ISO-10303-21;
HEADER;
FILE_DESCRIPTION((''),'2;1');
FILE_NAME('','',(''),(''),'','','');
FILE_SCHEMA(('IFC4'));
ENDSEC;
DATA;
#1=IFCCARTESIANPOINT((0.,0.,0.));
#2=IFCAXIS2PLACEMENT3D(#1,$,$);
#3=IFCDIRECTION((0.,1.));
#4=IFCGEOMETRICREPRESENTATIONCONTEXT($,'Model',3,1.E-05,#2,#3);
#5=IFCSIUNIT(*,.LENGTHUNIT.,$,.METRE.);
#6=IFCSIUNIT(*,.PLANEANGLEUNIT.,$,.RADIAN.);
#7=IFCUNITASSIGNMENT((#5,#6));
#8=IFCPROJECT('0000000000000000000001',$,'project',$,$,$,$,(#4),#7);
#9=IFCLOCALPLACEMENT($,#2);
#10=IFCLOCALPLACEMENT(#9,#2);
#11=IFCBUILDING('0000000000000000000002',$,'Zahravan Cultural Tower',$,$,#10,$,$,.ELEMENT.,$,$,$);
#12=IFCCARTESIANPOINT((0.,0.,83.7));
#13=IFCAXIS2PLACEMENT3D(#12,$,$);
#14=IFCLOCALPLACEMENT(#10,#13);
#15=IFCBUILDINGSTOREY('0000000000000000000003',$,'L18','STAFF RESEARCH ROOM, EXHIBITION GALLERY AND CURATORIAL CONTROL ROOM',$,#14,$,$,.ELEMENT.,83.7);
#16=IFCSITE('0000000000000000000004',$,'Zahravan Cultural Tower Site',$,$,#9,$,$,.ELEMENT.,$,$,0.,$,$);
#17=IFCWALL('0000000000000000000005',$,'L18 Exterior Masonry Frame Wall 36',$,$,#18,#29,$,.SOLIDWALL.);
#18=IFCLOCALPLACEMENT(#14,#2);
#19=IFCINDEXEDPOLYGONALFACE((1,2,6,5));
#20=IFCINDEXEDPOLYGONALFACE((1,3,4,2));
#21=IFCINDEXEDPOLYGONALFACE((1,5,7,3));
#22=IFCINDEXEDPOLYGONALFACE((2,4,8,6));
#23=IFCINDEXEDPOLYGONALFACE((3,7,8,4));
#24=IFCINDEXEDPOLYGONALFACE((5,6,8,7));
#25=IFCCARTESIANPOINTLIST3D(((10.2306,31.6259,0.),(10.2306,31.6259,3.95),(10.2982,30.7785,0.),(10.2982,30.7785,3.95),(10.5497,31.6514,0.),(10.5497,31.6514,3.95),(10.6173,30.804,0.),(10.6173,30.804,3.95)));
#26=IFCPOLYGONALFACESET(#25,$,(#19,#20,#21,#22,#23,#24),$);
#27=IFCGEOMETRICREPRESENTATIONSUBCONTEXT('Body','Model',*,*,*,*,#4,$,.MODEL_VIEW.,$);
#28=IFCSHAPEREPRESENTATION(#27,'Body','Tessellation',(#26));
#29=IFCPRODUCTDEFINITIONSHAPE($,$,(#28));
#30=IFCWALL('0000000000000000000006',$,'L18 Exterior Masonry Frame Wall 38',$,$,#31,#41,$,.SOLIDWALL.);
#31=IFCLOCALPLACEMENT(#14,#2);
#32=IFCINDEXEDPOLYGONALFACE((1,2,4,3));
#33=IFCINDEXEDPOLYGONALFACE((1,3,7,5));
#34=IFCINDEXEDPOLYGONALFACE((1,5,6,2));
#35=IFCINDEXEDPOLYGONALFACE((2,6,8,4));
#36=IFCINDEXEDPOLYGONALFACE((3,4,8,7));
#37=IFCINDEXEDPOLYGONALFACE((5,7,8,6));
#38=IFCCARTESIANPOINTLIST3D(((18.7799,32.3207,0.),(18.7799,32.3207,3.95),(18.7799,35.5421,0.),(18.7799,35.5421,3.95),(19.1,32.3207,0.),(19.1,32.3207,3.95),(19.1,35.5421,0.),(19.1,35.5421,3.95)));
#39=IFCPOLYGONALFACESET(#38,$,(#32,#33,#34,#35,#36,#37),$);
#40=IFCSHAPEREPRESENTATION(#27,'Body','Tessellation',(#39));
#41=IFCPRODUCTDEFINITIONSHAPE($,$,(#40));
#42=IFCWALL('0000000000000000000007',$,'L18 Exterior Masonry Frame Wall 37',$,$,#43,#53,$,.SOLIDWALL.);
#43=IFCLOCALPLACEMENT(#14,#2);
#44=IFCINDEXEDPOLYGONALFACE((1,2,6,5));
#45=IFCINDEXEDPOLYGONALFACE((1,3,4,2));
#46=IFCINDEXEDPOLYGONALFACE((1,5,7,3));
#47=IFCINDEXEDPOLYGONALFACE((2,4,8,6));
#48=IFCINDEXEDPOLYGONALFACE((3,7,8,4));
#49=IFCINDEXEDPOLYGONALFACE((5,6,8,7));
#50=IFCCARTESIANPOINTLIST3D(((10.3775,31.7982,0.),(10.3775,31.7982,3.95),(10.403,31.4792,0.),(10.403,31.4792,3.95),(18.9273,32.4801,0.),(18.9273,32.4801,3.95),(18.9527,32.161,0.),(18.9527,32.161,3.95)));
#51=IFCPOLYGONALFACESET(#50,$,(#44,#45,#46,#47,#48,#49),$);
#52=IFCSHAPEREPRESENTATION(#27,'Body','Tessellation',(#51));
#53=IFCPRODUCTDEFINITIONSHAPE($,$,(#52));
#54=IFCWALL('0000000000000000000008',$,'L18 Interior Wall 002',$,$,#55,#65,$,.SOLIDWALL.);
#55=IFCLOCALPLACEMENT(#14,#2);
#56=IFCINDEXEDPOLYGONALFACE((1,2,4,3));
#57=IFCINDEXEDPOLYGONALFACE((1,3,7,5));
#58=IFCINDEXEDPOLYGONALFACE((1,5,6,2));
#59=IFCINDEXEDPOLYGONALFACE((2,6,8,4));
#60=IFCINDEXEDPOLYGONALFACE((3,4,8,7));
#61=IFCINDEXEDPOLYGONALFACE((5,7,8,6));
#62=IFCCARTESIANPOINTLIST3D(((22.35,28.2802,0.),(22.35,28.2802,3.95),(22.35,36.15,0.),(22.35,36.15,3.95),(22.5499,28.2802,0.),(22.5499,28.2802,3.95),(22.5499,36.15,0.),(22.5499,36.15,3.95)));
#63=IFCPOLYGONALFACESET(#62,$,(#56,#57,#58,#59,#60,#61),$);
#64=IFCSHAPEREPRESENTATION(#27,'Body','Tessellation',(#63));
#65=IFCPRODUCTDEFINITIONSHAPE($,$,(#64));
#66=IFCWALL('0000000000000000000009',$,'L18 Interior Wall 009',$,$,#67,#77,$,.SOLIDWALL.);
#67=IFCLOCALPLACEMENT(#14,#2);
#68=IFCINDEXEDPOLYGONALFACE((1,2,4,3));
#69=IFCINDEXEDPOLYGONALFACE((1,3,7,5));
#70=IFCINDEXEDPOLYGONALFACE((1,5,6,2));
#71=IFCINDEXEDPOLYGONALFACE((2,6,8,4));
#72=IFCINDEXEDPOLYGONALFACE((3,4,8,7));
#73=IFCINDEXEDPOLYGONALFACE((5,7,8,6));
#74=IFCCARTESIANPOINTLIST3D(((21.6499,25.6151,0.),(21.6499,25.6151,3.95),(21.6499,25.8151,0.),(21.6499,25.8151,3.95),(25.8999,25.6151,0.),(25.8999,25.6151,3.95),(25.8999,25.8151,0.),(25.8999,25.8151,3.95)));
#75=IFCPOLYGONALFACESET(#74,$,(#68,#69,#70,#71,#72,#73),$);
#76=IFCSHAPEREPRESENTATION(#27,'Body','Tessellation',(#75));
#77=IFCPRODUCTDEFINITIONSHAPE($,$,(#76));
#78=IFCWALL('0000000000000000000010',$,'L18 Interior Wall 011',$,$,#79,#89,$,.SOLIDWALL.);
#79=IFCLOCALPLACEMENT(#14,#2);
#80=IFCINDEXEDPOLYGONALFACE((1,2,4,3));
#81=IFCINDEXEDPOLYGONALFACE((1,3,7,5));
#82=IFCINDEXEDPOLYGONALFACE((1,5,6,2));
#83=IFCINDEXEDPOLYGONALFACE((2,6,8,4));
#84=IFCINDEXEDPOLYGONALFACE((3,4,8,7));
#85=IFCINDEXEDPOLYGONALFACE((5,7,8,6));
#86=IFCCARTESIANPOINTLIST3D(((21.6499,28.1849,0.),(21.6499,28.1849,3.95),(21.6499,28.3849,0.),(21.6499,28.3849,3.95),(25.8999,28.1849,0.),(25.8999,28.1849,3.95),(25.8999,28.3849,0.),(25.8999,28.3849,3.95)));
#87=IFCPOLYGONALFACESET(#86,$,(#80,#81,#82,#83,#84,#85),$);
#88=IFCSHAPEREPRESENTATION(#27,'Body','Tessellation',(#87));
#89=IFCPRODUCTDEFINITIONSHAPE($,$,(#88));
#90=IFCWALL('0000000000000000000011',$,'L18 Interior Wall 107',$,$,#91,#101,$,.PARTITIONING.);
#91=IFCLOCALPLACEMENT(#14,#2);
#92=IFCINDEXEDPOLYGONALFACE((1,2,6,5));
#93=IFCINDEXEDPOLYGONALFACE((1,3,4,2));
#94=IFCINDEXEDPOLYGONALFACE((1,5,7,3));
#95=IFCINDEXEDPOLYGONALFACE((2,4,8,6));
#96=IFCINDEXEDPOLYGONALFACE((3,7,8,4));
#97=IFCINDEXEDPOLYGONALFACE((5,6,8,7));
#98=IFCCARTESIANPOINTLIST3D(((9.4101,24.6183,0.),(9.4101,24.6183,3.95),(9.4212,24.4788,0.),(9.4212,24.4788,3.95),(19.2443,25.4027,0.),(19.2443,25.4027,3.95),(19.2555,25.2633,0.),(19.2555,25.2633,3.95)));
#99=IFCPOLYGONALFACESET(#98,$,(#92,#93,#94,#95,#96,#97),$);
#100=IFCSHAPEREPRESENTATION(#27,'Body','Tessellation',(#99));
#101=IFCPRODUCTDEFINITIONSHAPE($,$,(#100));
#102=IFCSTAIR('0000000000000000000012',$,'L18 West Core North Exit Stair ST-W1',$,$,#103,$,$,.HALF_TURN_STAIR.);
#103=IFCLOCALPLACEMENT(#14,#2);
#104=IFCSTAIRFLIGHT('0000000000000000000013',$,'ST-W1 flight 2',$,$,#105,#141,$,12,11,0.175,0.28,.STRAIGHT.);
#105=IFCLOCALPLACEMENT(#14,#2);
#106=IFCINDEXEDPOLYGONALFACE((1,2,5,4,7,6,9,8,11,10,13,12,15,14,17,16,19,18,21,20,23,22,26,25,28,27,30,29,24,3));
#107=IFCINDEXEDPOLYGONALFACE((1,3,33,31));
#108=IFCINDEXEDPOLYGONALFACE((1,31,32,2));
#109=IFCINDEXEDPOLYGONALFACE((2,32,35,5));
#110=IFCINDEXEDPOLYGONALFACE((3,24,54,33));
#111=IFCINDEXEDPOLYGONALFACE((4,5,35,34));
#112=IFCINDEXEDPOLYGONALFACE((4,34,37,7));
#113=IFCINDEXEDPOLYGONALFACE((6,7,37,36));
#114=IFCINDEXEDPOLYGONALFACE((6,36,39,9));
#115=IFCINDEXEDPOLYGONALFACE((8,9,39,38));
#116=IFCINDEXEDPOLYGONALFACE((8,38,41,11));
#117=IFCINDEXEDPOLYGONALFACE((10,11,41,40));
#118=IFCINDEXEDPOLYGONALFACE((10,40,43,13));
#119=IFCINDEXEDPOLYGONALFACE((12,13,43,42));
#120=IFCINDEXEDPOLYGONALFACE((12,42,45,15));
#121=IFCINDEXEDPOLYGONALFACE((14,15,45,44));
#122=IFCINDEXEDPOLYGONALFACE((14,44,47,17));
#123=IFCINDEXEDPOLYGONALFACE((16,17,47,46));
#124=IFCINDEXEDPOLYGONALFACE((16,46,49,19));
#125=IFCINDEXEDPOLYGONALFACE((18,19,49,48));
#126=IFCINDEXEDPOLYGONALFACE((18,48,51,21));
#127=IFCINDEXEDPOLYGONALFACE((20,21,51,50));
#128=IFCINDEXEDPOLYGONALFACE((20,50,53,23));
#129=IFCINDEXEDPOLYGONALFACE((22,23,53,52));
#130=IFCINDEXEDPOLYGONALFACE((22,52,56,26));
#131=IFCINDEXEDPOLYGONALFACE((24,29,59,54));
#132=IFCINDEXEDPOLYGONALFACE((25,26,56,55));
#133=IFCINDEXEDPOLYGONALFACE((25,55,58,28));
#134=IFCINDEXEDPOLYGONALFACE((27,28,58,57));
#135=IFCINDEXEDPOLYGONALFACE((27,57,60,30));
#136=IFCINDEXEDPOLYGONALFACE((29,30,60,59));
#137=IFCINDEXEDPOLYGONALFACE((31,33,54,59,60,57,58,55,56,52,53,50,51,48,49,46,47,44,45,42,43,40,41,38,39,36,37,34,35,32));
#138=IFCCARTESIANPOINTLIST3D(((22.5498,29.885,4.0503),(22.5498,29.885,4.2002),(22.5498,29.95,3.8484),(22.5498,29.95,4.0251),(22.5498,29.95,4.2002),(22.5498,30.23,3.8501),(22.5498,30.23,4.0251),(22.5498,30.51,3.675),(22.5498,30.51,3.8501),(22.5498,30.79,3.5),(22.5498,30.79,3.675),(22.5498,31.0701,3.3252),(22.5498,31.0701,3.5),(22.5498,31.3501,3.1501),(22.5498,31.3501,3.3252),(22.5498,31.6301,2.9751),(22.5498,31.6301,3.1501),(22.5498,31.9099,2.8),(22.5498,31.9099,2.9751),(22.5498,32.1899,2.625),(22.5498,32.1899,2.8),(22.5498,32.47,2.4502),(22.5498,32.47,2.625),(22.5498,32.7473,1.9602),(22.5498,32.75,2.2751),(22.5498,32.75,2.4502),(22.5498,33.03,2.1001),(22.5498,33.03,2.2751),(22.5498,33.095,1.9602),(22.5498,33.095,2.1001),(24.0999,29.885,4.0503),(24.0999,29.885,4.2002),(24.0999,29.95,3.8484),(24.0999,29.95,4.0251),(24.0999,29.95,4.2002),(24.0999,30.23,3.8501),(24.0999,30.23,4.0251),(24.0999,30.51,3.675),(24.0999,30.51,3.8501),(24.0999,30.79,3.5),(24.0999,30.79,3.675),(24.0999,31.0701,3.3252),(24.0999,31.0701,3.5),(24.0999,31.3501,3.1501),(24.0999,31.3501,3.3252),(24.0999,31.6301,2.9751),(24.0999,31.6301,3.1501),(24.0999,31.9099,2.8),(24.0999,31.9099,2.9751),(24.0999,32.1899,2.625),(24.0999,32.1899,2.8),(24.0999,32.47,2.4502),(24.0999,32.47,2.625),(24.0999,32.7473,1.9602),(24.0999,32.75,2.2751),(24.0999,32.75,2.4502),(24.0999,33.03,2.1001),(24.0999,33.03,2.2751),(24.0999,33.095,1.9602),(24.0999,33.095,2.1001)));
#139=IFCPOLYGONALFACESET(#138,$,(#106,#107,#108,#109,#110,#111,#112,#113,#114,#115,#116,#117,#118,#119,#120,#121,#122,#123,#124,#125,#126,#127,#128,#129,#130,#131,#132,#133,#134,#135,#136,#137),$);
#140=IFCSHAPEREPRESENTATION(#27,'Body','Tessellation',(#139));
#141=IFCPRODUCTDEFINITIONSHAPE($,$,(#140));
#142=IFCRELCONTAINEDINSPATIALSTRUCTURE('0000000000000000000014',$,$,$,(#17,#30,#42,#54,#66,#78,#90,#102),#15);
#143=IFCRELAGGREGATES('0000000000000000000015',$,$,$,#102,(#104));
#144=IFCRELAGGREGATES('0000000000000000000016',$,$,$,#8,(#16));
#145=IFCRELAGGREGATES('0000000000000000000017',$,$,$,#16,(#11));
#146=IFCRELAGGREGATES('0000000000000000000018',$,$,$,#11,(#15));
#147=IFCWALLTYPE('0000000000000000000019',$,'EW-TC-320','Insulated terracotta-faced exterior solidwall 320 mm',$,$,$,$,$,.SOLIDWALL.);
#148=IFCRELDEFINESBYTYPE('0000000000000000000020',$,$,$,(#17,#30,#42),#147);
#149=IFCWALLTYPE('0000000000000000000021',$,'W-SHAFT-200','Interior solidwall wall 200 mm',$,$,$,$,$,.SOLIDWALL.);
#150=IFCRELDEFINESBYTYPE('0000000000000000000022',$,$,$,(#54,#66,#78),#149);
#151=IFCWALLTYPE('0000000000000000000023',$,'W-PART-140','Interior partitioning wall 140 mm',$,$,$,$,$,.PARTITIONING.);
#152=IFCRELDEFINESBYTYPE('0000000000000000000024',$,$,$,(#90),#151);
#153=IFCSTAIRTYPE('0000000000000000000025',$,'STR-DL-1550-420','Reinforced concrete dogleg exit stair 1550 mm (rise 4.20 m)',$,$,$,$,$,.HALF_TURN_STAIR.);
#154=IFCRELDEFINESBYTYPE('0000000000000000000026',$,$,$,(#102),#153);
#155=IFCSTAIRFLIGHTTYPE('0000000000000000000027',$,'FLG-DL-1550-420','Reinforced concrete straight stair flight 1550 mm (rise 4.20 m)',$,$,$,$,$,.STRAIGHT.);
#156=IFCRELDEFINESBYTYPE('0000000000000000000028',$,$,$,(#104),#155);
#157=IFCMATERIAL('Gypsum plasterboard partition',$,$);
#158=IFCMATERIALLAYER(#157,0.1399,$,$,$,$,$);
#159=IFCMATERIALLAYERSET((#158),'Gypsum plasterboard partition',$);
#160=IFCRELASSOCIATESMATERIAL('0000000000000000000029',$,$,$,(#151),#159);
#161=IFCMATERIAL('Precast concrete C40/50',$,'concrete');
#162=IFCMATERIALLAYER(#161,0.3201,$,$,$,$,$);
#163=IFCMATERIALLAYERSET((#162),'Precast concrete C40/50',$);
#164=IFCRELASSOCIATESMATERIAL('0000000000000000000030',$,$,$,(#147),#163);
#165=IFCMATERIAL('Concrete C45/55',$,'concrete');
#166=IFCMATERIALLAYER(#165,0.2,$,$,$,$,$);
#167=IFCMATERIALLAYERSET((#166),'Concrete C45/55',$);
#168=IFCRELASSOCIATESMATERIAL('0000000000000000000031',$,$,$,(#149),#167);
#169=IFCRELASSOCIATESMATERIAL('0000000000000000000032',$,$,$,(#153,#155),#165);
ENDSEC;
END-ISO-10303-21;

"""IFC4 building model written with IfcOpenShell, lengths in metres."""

from ifc_helpers import new_model, si_unit, direction, frame, frame_2d, origin, place, context, subcontext, project, spatial, polyline, rectangle, outline, extrude, source, transform, mapped, material, layer, layer_set, type_object, element, aggregate, save


model = new_model("IFC4")

# Units and contexts
model_context = context("Model", 3, precision=1e-05, world=origin(), true_north=direction((0.0, 1.0)))
body_context = subcontext(model_context, "Body", "Model", "MODEL_VIEW")
ifc_project = project(units=[si_unit("LENGTHUNIT", "METRE"), si_unit("PLANEANGLEUNIT", "RADIAN")], contexts=[model_context])

# Site, building, storey
site_placement = place(None, origin())
site = spatial("IfcSite", under=ifc_project, at=site_placement, Name="Zahravan Cultural Tower Site", CompositionType="ELEMENT", RefElevation=0.0)
building_placement = place(site_placement, origin())
building = spatial("IfcBuilding", under=site, at=building_placement, Name="Zahravan Cultural Tower", CompositionType="ELEMENT")
storey_placement = place(building_placement, frame((0.0, 0.0, 83.7)))
storey = spatial("IfcBuildingStorey", under=building, at=storey_placement, Name="L18", Description="STAFF RESEARCH ROOM, EXHIBITION GALLERY AND CURATORIAL CONTROL ROOM", CompositionType="ELEMENT", Elevation=83.7)

# Shared definitions
ifc_material_1 = material(Name="Gypsum plasterboard partition")
ifc_layer_1 = layer(ifc_material_1, 0.1399)
ifc_layer_set_1 = layer_set([ifc_layer_1], Name="Gypsum plasterboard partition")
wall_type_1 = type_object("IfcWallType", Name="W-PART-140", Description="Interior partitioning wall 140 mm", PredefinedType="PARTITIONING", material=ifc_layer_set_1)

# Walls
ifc_material_2 = material(Name="Precast concrete C40/50", Category="concrete")
ifc_layer_2 = layer(ifc_material_2, 0.3201)
ifc_layer_set_2 = layer_set([ifc_layer_2], Name="Precast concrete C40/50")
wall_type_2 = type_object("IfcWallType", Name="EW-TC-320", Description="Insulated terracotta-faced exterior solidwall 320 mm", PredefinedType="SOLIDWALL", material=ifc_layer_set_2)
shared_shape_1 = source(origin(), body_context, "Body", "SweptSolid", [
    extrude(rectangle(XDim=0.8501, YDim=0.3201, at=frame_2d((0.425, 0.0))), origin(), (0.0, 0.0, 1.0), 3.95),
])
for number, where, z_axis, x_axis, name in (
    (1, (10.4578, 30.7913, 0.0), (0.0, 0.0, 1.0), (-0.079551, 0.996831, 0.0), "L18 Exterior Masonry Frame Wall 36"),
):
    element("IfcWall", number, at=place(storey_placement, frame(where, z_axis=z_axis, x_axis=x_axis)), inside=storey, type_object=wall_type_2, Name=name, PredefinedType="SOLIDWALL", context=body_context, shape_type="MappedRepresentation", body=[
        mapped(shared_shape_1, transform((0.0, 0.0, 0.0), x_axis=(1.0, 0.0, 0.0), y_axis=(0.0, 1.0, 0.0), z_axis=(0.0, 0.0, 1.0), scale=1.0)),
    ])
shared_shape_2 = source(origin(), body_context, "Body", "SweptSolid", [
    extrude(rectangle(XDim=3.2214, YDim=0.3201, at=frame_2d((1.6108, 0.0))), origin(), (0.0, 0.0, 1.0), 3.95),
])
wall_1_placement = place(storey_placement, frame((18.9399, 32.3206, 0.0), z_axis=(0.0, 0.0, 1.0), x_axis=(0.0, 1.0, 0.0)))
element("IfcWall", 2, at=wall_1_placement, inside=storey, type_object=wall_type_2, Name="L18 Exterior Masonry Frame Wall 38", PredefinedType="SOLIDWALL", context=body_context, shape_type="MappedRepresentation", body=[
    mapped(shared_shape_2, transform((0.0, 0.0, 0.0), x_axis=(1.0, 0.0, 0.0), y_axis=(0.0, 1.0, 0.0), z_axis=(0.0, 0.0, 1.0), scale=1.0)),
])
shared_shape_3 = source(origin(), body_context, "Body", "SweptSolid", [
    extrude(rectangle(XDim=8.5769, YDim=0.3201, at=frame_2d((4.2886, 0.0))), origin(), (0.0, 0.0, 1.0), 3.95),
])
wall_2_placement = place(storey_placement, frame((10.3901, 31.6387, 0.0), z_axis=(0.0, 0.0, 1.0), x_axis=(0.996835, 0.079502, 0.0)))
element("IfcWall", 3, at=wall_2_placement, inside=storey, type_object=wall_type_2, Name="L18 Exterior Masonry Frame Wall 37", PredefinedType="SOLIDWALL", context=body_context, shape_type="MappedRepresentation", body=[
    mapped(shared_shape_3, transform((0.0, 0.0, 0.0), x_axis=(1.0, 0.0, 0.0), y_axis=(0.0, 1.0, 0.0), z_axis=(0.0, 0.0, 1.0), scale=1.0)),
])
ifc_material_3 = material(Name="Concrete C45/55", Category="concrete")
ifc_layer_3 = layer(ifc_material_3, 0.2)
ifc_layer_set_3 = layer_set([ifc_layer_3], Name="Concrete C45/55")
wall_type_3 = type_object("IfcWallType", Name="W-SHAFT-200", Description="Interior solidwall wall 200 mm", PredefinedType="SOLIDWALL", material=ifc_layer_set_3)
shared_shape_4 = source(origin(), body_context, "Body", "SweptSolid", [
    extrude(rectangle(XDim=7.8699, YDim=0.2, at=frame_2d((3.9351, 0.0))), origin(), (0.0, 0.0, 1.0), 3.95),
])
wall_3_placement = place(storey_placement, frame((22.45, 28.28, 0.0), z_axis=(0.0, 0.0, 1.0), x_axis=(0.0, 1.0, 0.0)))
element("IfcWall", 4, at=wall_3_placement, inside=storey, type_object=wall_type_3, Name="L18 Interior Wall 002", PredefinedType="SOLIDWALL", context=body_context, shape_type="MappedRepresentation", body=[
    mapped(shared_shape_4, transform((0.0, 0.0, 0.0), x_axis=(1.0, 0.0, 0.0), y_axis=(0.0, 1.0, 0.0), z_axis=(0.0, 0.0, 1.0), scale=1.0)),
])
shared_shape_5 = source(origin(), body_context, "Body", "SweptSolid", [
    extrude(rectangle(XDim=4.25, YDim=0.2, at=frame_2d((2.125, 0.0))), origin(), (0.0, 0.0, 1.0), 3.95),
])
for number, where, z_axis, x_axis, name in (
    (5, (21.6499, 25.7151, 0.0), (0.0, 0.0, 1.0), (1.0, 0.0, 0.0), "L18 Interior Wall 009"),
    (6, (21.6499, 28.2849, 0.0), (0.0, 0.0, 1.0), (1.0, 0.0, 0.0), "L18 Interior Wall 011"),
):
    element("IfcWall", number, at=place(storey_placement, frame(where, z_axis=z_axis, x_axis=x_axis)), inside=storey, type_object=wall_type_3, Name=name, PredefinedType="SOLIDWALL", context=body_context, shape_type="MappedRepresentation", body=[
        mapped(shared_shape_5, transform((0.0, 0.0, 0.0), x_axis=(1.0, 0.0, 0.0), y_axis=(0.0, 1.0, 0.0), z_axis=(0.0, 0.0, 1.0), scale=1.0)),
    ])
shared_shape_6 = source(origin(), body_context, "Body", "SweptSolid", [
    extrude(rectangle(XDim=9.8655, YDim=0.1399, at=frame_2d((4.9326, 0.0))), origin(), (0.0, 0.0, 1.0), 3.95),
])
wall_4_placement = place(storey_placement, frame((9.4158, 24.5486, 0.0), z_axis=(0.0, 0.0, 1.0), x_axis=(0.996834, 0.079512, 0.0)))
element("IfcWall", 7, at=wall_4_placement, inside=storey, type_object=wall_type_1, Name="L18 Interior Wall 107", PredefinedType="PARTITIONING", context=body_context, shape_type="MappedRepresentation", body=[
    mapped(shared_shape_6, transform((0.0, 0.0, 0.0), x_axis=(1.0, 0.0, 0.0), y_axis=(0.0, 1.0, 0.0), z_axis=(0.0, 0.0, 1.0), scale=1.0)),
])

# Stair, stair flight
stair_type = type_object("IfcStairType", Name="STR-DL-1550-420", Description="Reinforced concrete dogleg exit stair 1550 mm (rise 4.20 m)", PredefinedType="HALF_TURN_STAIR", material=ifc_material_3)
stair_placement = place(storey_placement, origin())
stair = element("IfcStair", 8, at=stair_placement, inside=storey, type_object=stair_type, Name="L18 West Core North Exit Stair ST-W1", PredefinedType="HALF_TURN_STAIR")
stair_flight_type = type_object("IfcStairFlightType", Name="FLG-DL-1550-420", Description="Reinforced concrete straight stair flight 1550 mm (rise 4.20 m)", PredefinedType="STRAIGHT", material=ifc_material_3)
stair_flight_placement = place(storey_placement, frame((23.325, 33.03, 2.1001), z_axis=(0.0, 0.0, 1.0), x_axis=(0.0, -1.0, 0.0)))
stair_flight = element("IfcStairFlight", 9, at=stair_flight_placement, type_object=stair_flight_type, Name="ST-W1 flight 2", NumberOfRisers=12, NumberOfTreads=11, PredefinedType="STRAIGHT", RiserHeight=0.175, TreadLength=0.28, context=body_context, shape_type="SweptSolid", body=[
    extrude(outline(polyline([(-0.0649, -0.1399), (-0.0649, 0.0), (0.0, 0.0), (0.0, 0.175), (0.28, 0.175), (0.28, 0.3501), (0.5601, 0.3501), (0.5601, 0.5249), (0.8401, 0.5249), (0.8401, 0.7), (1.1201, 0.7), (1.1201, 0.875), (1.3999, 0.875), (1.3999, 1.05), (1.6799, 1.05), (1.6799, 1.2251), (1.96, 1.2251), (1.96, 1.3999), (2.24, 1.3999), (2.24, 1.575), (2.52, 1.575), (2.52, 1.75), (2.8, 1.75), (2.8, 1.925), (3.0801, 1.925), (3.0801, 2.1001), (3.145, 2.1001), (3.145, 1.9502), (3.0801, 1.7483), (0.2827, -0.1399), (-0.0649, -0.1399)])), frame((0.0, 0.7749, 0.0), z_axis=(0.0, -1.0, 0.0), x_axis=(1.0, 0.0, 0.0)), (0.0, 0.0, 1.0), 1.55),
])
aggregate(stair, [stair_flight])

save(model, "model.ifc")
